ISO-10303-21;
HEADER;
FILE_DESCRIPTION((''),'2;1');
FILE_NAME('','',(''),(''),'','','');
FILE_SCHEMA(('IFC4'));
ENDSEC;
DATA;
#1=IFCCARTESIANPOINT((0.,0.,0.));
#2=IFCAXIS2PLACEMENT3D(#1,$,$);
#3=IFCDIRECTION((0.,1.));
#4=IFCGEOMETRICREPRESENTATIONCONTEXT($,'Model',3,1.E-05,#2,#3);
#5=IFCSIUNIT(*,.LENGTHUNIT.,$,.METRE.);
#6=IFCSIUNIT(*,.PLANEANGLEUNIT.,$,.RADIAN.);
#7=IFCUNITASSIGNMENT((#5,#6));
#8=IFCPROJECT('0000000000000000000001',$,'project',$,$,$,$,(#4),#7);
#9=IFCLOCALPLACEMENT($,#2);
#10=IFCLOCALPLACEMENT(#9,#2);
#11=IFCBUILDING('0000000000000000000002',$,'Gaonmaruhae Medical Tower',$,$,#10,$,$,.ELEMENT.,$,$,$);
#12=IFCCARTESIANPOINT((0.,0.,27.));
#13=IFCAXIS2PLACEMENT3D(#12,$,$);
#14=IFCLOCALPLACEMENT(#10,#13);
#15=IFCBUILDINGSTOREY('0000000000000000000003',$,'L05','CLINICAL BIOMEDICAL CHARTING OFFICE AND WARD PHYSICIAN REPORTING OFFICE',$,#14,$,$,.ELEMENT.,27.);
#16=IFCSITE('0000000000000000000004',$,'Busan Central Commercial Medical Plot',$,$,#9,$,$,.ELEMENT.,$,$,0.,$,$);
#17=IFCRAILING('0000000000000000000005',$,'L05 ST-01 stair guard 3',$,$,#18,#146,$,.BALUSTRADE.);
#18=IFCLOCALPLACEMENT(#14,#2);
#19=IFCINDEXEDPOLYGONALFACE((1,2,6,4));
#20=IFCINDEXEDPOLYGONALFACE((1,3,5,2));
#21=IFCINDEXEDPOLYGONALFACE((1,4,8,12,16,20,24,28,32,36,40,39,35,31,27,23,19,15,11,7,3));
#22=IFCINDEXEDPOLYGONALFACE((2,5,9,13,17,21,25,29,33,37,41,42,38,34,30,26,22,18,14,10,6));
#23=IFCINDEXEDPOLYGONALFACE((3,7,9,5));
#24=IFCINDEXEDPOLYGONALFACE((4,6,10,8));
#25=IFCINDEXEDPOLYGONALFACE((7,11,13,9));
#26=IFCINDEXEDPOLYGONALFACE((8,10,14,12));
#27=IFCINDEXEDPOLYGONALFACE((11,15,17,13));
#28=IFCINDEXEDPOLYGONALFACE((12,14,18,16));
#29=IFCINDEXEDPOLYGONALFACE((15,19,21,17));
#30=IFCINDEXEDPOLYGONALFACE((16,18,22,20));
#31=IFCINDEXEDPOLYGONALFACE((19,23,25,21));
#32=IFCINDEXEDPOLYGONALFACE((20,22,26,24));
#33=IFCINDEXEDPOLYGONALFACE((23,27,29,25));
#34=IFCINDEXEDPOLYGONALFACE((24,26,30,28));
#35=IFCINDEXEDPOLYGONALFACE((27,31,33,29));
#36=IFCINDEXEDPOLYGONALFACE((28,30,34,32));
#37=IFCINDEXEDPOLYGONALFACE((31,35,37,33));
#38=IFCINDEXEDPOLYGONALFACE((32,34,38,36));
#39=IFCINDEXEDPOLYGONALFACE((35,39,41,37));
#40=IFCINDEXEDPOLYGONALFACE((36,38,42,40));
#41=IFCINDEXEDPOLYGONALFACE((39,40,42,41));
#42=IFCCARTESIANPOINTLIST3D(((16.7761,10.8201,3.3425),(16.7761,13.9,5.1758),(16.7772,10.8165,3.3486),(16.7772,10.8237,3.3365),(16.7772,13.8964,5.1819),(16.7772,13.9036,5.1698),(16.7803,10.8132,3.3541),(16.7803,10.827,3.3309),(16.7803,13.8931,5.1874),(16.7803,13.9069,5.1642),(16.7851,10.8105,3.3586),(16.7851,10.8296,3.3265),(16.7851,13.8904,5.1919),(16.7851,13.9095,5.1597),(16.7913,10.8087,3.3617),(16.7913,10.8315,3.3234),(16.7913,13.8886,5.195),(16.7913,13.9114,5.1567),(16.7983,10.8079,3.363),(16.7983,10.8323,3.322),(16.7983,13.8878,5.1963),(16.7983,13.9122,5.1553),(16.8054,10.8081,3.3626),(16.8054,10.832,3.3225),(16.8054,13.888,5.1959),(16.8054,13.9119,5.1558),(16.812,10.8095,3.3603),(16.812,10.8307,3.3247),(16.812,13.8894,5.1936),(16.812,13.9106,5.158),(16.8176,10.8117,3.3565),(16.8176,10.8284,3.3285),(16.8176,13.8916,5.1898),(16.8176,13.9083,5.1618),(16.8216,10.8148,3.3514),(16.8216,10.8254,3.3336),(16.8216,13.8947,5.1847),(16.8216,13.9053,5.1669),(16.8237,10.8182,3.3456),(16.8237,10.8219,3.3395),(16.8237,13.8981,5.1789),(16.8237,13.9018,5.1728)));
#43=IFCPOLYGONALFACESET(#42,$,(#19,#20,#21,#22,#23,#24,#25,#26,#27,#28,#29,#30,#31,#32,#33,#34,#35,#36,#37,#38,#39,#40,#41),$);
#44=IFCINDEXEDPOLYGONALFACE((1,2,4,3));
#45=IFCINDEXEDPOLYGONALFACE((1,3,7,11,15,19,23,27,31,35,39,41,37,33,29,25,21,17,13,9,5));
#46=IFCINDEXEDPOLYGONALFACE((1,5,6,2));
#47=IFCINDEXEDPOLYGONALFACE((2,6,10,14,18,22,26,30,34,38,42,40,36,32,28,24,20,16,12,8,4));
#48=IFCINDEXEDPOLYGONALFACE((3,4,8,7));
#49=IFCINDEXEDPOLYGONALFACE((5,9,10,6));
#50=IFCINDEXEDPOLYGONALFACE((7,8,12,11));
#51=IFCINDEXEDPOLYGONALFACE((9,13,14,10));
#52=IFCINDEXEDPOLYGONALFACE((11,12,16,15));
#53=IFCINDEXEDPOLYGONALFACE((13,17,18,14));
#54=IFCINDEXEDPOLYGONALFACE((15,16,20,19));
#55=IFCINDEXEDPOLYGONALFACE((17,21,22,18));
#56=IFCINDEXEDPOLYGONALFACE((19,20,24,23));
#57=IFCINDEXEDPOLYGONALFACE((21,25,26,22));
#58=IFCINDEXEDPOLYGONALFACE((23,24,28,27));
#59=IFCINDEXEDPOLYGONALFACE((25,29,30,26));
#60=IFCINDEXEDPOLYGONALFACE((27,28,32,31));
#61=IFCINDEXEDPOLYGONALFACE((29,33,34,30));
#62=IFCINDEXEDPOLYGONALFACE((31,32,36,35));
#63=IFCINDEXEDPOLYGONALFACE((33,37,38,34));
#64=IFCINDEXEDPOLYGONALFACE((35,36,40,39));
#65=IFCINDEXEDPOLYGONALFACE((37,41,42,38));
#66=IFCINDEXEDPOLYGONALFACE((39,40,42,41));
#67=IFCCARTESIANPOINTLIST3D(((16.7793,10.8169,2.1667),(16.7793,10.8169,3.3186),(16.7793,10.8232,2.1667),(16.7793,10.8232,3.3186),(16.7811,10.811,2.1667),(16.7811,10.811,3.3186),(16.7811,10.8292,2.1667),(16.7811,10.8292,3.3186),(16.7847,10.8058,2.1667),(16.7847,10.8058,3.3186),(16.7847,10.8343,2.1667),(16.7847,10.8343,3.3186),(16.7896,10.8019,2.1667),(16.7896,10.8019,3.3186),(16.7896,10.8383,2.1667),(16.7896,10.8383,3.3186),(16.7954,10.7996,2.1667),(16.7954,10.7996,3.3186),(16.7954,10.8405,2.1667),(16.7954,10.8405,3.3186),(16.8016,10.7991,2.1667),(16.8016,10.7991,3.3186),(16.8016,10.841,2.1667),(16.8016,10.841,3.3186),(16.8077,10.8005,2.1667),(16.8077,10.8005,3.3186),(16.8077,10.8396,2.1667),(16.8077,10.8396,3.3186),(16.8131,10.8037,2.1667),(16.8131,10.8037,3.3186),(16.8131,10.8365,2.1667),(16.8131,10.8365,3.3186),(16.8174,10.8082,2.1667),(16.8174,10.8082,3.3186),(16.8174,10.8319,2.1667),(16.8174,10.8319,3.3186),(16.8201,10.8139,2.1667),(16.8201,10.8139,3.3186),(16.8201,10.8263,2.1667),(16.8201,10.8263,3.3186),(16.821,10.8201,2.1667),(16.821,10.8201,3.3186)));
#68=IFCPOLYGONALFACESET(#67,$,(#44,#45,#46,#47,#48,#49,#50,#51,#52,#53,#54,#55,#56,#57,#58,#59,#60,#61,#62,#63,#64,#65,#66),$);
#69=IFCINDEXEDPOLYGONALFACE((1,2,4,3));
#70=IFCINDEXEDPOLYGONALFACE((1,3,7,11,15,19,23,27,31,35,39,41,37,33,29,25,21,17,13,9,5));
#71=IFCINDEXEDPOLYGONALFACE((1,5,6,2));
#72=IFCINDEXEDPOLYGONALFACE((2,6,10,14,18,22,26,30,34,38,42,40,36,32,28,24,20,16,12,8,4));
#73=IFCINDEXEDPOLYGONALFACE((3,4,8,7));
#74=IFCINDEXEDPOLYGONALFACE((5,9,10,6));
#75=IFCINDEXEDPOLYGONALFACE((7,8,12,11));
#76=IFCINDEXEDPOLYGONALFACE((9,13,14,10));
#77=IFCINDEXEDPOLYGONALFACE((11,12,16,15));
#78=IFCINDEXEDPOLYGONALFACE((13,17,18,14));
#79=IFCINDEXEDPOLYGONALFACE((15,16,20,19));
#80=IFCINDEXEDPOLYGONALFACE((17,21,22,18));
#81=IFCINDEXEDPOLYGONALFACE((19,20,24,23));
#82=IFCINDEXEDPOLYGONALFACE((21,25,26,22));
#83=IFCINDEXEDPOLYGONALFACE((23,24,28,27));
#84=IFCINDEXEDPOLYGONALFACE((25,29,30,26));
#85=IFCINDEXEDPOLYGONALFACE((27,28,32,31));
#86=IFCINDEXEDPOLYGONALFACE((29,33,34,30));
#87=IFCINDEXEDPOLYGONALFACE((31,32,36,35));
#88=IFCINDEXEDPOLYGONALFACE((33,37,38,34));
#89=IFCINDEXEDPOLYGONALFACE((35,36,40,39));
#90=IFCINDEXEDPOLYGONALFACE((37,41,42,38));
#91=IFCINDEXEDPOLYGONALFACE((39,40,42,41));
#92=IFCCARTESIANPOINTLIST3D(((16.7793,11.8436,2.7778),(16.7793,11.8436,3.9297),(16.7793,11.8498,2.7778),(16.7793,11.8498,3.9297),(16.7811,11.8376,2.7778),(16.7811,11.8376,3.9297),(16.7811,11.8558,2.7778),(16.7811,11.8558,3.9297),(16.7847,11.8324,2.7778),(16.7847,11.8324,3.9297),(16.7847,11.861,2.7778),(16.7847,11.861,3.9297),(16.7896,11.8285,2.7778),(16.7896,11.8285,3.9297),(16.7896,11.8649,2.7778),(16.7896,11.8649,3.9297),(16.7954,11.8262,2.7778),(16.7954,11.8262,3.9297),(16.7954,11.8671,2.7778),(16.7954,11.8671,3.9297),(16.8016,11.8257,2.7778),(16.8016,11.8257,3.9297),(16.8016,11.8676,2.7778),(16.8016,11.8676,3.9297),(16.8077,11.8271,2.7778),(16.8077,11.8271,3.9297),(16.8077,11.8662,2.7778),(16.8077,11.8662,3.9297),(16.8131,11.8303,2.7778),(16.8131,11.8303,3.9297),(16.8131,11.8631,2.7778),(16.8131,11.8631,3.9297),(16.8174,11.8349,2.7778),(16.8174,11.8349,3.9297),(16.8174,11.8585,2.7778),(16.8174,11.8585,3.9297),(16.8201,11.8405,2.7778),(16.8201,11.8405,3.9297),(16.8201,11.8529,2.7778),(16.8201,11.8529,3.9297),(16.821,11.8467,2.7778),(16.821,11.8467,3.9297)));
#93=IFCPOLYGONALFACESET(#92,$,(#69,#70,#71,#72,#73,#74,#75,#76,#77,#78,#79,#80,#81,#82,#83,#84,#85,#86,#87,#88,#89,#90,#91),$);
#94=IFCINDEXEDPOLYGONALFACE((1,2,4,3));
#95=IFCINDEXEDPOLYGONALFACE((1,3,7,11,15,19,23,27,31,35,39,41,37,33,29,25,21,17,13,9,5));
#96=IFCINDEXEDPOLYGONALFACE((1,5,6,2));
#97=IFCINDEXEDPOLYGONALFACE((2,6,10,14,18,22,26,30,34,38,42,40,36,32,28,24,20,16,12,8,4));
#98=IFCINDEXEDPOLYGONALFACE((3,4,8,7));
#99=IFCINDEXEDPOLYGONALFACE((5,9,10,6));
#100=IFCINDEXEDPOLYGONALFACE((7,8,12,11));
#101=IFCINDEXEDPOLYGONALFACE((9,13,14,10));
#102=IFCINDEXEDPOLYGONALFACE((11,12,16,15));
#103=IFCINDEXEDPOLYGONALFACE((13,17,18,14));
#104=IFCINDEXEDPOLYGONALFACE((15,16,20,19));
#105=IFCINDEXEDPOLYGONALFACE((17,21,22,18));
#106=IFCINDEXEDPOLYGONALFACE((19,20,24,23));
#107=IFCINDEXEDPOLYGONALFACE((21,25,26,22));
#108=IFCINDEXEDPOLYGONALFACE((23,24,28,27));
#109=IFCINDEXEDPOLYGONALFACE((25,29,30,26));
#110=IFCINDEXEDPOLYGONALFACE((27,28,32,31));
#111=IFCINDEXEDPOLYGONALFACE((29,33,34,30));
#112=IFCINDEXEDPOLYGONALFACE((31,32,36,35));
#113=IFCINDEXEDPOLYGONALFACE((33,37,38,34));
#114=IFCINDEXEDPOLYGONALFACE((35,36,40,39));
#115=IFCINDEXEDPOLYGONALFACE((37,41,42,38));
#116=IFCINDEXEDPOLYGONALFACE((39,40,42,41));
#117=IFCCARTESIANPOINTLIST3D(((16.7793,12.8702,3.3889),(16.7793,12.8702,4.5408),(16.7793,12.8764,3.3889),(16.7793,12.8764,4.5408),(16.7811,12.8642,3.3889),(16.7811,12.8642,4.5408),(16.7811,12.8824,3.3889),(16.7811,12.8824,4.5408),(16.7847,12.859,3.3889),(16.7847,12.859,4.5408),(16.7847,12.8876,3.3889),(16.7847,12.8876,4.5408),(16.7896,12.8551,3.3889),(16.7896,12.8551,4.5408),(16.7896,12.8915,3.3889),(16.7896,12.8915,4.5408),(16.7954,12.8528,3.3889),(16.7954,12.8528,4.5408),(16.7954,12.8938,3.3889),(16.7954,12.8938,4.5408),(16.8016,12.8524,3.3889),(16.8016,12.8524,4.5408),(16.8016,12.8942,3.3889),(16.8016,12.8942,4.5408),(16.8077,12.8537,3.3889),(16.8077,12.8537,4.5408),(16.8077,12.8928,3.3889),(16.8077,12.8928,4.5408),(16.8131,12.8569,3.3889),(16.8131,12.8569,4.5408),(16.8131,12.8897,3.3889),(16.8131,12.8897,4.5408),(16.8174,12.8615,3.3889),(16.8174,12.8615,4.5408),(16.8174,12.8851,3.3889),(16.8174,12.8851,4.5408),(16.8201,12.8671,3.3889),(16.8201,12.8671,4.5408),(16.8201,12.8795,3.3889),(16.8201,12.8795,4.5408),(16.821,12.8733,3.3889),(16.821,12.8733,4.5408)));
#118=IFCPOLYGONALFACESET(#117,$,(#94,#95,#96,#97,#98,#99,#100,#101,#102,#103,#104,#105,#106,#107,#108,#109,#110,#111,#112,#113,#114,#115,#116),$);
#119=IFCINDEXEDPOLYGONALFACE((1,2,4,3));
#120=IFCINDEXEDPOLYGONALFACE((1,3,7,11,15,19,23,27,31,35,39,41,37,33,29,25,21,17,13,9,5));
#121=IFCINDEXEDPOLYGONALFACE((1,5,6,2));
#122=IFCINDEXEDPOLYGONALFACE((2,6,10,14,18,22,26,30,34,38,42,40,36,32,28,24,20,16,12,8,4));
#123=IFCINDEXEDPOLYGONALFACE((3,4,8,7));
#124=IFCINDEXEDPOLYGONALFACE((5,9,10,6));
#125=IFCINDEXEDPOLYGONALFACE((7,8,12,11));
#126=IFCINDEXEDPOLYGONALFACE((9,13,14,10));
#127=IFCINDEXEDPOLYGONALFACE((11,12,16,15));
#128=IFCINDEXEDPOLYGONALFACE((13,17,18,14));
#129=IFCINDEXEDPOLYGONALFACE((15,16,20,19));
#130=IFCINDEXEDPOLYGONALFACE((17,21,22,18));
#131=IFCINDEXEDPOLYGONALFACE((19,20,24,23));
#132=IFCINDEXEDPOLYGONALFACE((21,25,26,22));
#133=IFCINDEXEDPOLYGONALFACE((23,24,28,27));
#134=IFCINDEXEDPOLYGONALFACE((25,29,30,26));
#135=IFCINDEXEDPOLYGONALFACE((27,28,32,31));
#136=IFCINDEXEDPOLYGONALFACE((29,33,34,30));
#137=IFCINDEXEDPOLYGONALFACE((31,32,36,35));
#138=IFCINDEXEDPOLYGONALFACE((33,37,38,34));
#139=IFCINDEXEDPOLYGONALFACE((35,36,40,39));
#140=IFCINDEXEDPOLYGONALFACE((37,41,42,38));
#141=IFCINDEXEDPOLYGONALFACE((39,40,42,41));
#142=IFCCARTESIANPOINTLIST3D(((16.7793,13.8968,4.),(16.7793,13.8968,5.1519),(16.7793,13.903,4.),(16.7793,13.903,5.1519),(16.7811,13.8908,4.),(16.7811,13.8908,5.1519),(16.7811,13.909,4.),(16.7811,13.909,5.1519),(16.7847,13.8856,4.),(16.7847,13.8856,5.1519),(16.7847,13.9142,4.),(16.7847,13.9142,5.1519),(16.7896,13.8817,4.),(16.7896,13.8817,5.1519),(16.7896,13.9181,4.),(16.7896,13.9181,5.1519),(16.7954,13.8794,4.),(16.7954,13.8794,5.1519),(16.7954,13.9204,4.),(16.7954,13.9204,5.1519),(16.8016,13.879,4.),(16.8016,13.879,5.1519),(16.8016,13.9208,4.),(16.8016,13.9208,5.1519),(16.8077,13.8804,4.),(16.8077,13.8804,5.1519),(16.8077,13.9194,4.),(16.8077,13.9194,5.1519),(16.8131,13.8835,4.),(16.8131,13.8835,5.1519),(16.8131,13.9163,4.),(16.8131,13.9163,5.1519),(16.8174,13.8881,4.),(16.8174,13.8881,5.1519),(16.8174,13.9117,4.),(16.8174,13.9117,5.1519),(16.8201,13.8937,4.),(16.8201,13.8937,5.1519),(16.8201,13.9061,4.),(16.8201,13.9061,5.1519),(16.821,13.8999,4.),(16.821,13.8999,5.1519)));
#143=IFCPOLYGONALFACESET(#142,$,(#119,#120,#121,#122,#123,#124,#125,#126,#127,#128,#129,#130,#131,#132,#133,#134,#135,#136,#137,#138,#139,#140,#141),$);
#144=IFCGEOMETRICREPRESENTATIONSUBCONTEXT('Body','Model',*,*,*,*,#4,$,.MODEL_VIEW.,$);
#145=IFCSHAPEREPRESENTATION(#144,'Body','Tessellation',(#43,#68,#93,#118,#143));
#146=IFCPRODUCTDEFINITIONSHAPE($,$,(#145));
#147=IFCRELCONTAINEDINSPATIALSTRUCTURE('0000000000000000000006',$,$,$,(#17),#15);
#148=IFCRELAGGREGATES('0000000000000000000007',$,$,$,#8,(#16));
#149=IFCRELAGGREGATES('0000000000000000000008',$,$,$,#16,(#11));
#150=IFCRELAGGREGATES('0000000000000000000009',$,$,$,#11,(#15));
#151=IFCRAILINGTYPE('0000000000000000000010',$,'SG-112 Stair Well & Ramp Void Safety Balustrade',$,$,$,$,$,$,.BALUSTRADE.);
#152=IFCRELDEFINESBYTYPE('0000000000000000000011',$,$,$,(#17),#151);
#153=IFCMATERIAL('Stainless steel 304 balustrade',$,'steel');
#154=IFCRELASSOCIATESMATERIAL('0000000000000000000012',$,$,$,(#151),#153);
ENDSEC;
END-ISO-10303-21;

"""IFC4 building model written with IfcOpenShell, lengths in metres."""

from ifc_helpers import new_model, si_unit, direction, frame, origin, origin_2d, place, context, subcontext, project, spatial, circle, extrude, material, type_object, element, save


model = new_model("IFC4")

# Units and contexts
model_context = context("Model", 3, precision=1e-05, world=origin(), true_north=direction((0.0, 1.0)))
body_context = subcontext(model_context, "Body", "Model", "MODEL_VIEW")
ifc_project = project(units=[si_unit("LENGTHUNIT", "METRE"), si_unit("PLANEANGLEUNIT", "RADIAN")], contexts=[model_context])

# Site, building, storey
site_placement = place(None, origin())
site = spatial("IfcSite", under=ifc_project, at=site_placement, Name="Busan Central Commercial Medical Plot", CompositionType="ELEMENT", RefElevation=0.0)
building_placement = place(site_placement, origin())
building = spatial("IfcBuilding", under=site, at=building_placement, Name="Gaonmaruhae Medical Tower", CompositionType="ELEMENT")
storey_placement = place(building_placement, frame((0.0, 0.0, 27.0)))
storey = spatial("IfcBuildingStorey", under=building, at=storey_placement, Name="L05", Description="CLINICAL BIOMEDICAL CHARTING OFFICE AND WARD PHYSICIAN REPORTING OFFICE", CompositionType="ELEMENT", Elevation=27.0)

# Railing
ifc_material_1 = material(Name="Stainless steel 304 balustrade", Category="steel")
railing_type_1 = type_object("IfcRailingType", Name="SG-112 Stair Well & Ramp Void Safety Balustrade", PredefinedType="BALUSTRADE", material=ifc_material_1)
railing_1_placement = place(storey_placement, frame((16.8, 10.8201, 2.1667)))
element("IfcRailing", 1, at=railing_1_placement, inside=storey, type_object=railing_type_1, Name="L05 ST-01 stair guard 3", PredefinedType="BALUSTRADE", context=body_context, shape_type="SweptSolid", body=[
    extrude(circle(Radius=0.0239, at=origin_2d()), frame((0.0, 0.0, 1.1758), z_axis=(0.0, 0.859291, 0.511487), x_axis=(-1.0, 0.0, 0.0)), (0.0, 0.0, 1.0), 3.5842),
    extrude(circle(Radius=0.021, at=origin_2d()), origin(), (0.0, 0.0, 1.0), 1.1519),
    extrude(circle(Radius=0.021, at=origin_2d()), frame((0.0, 1.0266, 0.6111)), (0.0, 0.0, 1.0), 1.1519),
    extrude(circle(Radius=0.021, at=origin_2d()), frame((0.0, 2.0532, 1.2222)), (0.0, 0.0, 1.0), 1.1519),
    extrude(circle(Radius=0.021, at=origin_2d()), frame((0.0, 3.0798, 1.8333)), (0.0, 0.0, 1.0), 1.1519),
])

save(model, "model.ifc")
